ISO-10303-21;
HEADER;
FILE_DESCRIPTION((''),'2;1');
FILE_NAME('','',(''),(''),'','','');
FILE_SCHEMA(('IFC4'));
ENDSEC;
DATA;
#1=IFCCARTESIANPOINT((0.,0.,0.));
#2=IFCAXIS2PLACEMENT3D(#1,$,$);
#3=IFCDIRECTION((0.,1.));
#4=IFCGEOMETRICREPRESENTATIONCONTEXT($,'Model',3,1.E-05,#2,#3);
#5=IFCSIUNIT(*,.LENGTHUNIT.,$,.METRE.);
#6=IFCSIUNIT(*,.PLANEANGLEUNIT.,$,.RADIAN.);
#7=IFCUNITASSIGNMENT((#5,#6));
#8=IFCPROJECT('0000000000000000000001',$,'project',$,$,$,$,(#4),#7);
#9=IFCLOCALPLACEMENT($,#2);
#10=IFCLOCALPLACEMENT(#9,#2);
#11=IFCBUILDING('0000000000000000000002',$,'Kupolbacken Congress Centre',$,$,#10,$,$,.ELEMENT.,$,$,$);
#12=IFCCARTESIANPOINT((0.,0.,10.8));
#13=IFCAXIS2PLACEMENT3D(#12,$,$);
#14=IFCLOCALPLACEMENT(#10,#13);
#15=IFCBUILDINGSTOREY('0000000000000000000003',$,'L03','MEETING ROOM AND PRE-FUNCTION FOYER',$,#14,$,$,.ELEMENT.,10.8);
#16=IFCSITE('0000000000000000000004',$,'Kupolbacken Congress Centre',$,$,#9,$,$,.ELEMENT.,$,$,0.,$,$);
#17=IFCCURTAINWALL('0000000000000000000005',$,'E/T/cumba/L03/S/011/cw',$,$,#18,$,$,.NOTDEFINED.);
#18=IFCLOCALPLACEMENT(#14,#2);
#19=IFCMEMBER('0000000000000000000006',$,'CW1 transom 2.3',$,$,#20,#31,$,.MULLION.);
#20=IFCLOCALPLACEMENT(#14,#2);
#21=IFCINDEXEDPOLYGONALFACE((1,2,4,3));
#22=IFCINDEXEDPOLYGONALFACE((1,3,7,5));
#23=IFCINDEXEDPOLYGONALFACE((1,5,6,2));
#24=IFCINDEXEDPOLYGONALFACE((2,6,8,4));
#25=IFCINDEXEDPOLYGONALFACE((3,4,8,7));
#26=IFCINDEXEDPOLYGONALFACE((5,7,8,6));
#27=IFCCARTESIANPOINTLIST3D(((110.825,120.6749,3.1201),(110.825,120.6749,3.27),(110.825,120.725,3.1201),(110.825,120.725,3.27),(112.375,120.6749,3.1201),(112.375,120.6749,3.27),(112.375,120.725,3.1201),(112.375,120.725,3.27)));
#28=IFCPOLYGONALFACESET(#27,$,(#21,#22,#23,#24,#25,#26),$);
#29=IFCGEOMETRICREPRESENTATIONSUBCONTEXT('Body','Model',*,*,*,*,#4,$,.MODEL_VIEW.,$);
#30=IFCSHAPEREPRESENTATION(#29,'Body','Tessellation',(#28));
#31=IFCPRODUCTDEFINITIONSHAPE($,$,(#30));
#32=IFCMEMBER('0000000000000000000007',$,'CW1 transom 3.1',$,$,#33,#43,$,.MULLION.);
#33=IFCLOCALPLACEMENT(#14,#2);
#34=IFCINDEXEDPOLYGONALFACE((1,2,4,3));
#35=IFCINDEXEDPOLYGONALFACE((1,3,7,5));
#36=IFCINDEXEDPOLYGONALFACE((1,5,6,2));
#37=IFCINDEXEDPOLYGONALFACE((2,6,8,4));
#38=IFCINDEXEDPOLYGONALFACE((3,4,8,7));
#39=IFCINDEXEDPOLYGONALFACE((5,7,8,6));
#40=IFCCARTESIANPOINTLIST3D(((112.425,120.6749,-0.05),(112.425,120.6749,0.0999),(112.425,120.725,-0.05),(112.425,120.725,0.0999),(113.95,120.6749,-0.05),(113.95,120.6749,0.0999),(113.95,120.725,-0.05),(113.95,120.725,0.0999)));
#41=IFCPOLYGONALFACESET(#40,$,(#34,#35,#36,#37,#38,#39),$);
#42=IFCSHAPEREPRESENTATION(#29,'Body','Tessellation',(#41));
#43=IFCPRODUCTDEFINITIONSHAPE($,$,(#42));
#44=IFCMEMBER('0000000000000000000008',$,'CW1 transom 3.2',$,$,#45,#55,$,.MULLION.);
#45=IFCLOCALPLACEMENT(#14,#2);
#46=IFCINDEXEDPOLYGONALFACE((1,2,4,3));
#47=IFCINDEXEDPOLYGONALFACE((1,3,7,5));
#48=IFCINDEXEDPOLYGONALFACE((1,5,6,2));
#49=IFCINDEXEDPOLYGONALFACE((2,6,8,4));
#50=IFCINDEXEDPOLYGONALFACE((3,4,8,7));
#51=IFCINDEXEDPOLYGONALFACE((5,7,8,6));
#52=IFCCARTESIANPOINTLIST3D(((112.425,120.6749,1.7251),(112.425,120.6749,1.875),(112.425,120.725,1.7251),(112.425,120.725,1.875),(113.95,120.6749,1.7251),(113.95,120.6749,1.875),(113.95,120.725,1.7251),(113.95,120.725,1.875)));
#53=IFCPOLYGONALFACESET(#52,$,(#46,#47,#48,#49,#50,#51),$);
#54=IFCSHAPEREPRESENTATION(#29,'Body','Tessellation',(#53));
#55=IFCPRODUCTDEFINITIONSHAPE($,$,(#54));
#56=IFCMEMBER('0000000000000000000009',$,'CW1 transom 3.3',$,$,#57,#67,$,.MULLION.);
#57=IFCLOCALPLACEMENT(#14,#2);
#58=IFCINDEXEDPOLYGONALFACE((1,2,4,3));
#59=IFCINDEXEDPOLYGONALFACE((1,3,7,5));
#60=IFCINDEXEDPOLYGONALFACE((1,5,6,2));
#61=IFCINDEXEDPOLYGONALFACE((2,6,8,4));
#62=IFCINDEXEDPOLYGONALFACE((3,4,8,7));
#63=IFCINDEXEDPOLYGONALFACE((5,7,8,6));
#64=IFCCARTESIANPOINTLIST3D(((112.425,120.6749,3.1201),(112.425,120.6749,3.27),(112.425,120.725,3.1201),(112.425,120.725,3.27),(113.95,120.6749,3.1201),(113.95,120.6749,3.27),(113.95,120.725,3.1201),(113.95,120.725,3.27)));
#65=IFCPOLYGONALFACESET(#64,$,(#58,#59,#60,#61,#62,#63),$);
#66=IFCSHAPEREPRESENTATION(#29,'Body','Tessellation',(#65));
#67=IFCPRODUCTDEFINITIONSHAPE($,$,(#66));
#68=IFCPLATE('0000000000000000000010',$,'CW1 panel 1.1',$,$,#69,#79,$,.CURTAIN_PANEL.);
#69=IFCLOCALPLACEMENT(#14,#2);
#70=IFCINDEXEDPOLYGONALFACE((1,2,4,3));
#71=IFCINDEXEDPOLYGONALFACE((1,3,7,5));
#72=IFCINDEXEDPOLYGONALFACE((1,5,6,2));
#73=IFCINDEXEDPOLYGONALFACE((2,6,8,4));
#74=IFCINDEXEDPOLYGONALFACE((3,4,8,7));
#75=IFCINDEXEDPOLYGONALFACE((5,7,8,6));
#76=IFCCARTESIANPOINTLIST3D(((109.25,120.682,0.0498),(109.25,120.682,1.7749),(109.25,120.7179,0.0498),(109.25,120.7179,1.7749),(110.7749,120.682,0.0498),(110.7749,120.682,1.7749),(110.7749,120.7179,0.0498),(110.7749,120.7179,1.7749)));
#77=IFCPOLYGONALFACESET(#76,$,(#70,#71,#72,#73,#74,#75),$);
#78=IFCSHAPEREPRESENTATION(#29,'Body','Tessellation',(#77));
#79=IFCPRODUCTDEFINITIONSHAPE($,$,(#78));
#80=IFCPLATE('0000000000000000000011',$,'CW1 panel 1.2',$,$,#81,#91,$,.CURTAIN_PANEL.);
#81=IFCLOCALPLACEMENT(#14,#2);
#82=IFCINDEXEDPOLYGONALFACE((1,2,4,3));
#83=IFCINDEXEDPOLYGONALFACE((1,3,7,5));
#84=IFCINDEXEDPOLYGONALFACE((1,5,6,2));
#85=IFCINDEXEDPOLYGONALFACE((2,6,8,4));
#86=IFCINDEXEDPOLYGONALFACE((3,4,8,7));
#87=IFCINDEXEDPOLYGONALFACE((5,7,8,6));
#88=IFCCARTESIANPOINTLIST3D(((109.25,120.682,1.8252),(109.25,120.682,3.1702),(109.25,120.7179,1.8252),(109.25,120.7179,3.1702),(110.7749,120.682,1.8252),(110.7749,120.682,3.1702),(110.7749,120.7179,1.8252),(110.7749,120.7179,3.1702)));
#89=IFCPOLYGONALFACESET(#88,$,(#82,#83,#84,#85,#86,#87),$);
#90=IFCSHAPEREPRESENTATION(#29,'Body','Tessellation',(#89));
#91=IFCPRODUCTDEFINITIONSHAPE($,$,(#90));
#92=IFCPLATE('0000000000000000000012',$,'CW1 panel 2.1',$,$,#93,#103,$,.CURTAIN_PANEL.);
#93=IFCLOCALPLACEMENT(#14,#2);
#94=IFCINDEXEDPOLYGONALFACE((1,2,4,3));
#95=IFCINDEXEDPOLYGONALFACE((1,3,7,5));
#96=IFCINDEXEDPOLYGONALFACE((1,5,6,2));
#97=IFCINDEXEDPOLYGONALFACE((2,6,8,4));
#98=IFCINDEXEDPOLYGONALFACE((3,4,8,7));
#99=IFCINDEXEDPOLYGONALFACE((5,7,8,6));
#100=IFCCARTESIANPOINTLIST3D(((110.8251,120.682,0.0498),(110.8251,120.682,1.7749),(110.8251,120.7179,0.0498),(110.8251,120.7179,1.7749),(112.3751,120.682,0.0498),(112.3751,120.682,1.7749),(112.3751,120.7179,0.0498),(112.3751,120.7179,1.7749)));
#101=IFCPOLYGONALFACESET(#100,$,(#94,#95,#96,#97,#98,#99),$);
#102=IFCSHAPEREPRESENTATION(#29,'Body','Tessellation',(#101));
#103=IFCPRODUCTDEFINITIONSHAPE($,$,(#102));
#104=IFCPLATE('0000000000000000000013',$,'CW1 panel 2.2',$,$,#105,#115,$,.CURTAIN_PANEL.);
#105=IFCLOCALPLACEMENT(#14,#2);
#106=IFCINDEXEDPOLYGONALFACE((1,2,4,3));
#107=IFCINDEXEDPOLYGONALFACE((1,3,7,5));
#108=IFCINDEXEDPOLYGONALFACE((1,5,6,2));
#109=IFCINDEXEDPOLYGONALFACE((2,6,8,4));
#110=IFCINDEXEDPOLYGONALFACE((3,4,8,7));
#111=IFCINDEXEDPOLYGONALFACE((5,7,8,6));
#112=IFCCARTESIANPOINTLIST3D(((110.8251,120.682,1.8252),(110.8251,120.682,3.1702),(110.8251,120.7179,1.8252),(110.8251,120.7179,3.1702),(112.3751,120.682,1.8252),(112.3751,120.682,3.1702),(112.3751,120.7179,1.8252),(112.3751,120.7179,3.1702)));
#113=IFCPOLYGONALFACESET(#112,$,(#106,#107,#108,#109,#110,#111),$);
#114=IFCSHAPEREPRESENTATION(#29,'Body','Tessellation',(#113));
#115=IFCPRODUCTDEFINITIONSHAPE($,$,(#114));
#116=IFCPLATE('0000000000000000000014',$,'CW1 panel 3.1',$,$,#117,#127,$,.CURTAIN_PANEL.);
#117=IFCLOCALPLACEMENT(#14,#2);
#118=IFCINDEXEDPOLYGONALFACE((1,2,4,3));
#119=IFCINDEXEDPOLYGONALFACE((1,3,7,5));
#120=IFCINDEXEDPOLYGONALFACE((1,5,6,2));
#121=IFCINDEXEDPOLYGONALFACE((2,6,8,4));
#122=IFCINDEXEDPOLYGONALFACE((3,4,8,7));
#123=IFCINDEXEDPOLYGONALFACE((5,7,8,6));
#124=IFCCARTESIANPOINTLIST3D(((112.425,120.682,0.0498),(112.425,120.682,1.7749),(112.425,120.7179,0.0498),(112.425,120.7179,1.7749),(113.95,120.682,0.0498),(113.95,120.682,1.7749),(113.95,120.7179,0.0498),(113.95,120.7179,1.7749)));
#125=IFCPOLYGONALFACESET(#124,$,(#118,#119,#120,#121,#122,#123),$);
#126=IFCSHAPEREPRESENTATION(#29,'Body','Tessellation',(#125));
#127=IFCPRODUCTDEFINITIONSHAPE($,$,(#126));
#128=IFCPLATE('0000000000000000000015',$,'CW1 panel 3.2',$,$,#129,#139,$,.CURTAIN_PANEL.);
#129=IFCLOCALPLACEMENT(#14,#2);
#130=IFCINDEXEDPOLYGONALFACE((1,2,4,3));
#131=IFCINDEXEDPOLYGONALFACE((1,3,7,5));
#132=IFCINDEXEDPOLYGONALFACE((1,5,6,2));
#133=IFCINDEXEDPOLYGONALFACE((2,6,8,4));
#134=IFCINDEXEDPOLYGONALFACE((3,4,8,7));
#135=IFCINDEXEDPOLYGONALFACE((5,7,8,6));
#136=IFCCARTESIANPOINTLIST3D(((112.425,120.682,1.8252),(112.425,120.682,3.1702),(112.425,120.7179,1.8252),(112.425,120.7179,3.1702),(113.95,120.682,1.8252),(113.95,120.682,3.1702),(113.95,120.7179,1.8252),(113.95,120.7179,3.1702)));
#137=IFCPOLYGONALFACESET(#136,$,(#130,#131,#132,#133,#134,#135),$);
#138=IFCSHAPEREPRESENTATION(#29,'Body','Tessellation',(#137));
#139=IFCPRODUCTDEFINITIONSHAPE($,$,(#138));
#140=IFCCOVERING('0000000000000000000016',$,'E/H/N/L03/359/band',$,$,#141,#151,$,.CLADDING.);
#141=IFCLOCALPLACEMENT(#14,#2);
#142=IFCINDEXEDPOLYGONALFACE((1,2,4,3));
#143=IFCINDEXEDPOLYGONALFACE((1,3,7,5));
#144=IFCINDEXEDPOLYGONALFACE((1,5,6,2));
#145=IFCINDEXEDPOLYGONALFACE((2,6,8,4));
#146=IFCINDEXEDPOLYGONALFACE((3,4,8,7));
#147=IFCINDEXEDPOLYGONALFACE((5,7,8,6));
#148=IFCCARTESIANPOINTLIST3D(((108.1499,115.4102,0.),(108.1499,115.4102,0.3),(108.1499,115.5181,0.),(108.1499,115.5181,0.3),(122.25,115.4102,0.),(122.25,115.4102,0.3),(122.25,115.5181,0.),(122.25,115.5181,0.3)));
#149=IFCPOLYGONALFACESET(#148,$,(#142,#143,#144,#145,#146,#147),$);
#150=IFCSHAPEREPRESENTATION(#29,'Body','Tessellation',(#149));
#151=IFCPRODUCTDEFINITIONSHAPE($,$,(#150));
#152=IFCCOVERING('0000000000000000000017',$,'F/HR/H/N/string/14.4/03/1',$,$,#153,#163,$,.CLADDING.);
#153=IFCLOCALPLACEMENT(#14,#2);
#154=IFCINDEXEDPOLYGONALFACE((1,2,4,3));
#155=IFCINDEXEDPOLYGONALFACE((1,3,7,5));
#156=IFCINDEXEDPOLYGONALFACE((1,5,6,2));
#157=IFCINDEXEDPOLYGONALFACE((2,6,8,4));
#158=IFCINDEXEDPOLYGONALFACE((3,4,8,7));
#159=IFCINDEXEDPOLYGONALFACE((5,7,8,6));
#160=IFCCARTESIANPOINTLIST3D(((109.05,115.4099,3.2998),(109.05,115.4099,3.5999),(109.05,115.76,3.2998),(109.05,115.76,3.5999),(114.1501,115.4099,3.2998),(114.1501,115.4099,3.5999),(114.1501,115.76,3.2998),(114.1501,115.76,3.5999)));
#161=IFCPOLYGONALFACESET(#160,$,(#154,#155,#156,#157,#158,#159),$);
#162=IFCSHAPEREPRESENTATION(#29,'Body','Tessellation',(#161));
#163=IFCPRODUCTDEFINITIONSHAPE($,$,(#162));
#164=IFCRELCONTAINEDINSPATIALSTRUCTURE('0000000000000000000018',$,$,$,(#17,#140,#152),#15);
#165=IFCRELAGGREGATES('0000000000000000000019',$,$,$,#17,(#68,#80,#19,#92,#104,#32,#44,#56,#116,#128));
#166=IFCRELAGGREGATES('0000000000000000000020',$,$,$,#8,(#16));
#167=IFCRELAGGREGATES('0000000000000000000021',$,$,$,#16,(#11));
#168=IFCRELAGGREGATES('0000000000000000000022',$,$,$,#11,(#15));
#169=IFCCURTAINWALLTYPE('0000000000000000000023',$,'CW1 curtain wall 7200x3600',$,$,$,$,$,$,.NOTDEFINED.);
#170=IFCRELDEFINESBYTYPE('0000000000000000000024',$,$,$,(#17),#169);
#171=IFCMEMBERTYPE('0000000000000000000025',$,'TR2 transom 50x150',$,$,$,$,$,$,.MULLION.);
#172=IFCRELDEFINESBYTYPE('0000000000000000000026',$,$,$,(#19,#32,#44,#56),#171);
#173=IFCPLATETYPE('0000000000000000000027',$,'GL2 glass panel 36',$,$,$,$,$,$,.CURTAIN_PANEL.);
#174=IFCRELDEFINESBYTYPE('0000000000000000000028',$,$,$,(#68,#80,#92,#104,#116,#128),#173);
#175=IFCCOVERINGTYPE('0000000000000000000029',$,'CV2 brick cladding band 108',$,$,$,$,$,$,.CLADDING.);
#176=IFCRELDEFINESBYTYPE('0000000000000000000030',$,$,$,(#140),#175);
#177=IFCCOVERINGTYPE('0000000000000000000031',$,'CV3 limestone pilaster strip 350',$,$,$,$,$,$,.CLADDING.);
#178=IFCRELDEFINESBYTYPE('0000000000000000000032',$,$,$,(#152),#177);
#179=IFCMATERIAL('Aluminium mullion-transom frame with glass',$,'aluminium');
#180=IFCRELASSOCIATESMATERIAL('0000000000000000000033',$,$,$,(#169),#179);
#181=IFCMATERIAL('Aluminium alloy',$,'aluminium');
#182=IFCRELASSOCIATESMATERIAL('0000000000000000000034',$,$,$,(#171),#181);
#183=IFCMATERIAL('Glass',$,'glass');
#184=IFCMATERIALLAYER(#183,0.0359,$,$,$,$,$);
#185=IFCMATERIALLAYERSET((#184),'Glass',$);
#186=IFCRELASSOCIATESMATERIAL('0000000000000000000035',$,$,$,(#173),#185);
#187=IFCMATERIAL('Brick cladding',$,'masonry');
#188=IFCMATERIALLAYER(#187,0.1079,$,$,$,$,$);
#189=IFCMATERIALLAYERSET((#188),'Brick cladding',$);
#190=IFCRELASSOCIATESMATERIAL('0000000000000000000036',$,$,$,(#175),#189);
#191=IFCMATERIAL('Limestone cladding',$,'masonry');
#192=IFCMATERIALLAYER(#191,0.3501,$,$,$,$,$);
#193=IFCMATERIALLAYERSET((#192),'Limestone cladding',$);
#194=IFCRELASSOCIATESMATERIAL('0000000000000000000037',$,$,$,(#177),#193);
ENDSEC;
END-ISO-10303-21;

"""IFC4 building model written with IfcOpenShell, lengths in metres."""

from ifc_helpers import new_model, si_unit, direction, frame, origin, origin_2d, place, context, subcontext, project, spatial, rectangle, extrude, material, layer, layer_set, material_profile, profile_set, type_object, element, aggregate, save


model = new_model("IFC4")

# Units and contexts
model_context = context("Model", 3, precision=1e-05, world=origin(), true_north=direction((0.0, 1.0)))
body_context = subcontext(model_context, "Body", "Model", "MODEL_VIEW")
ifc_project = project(units=[si_unit("LENGTHUNIT", "METRE"), si_unit("PLANEANGLEUNIT", "RADIAN")], contexts=[model_context])

# Site, building, storey
site_placement = place(None, origin())
site = spatial("IfcSite", under=ifc_project, at=site_placement, Name="Kupolbacken Congress Centre", CompositionType="ELEMENT", RefElevation=0.0)
building_placement = place(site_placement, origin())
building = spatial("IfcBuilding", under=site, at=building_placement, Name="Kupolbacken Congress Centre", CompositionType="ELEMENT")
storey_placement = place(building_placement, frame((0.0, 0.0, 10.8)))
storey = spatial("IfcBuildingStorey", under=building, at=storey_placement, Name="L03", Description="MEETING ROOM AND PRE-FUNCTION FOYER", CompositionType="ELEMENT", Elevation=10.8)

# Curtain wall
ifc_material_1 = material(Name="Aluminium mullion-transom frame with glass", Category="aluminium")
curtain_wall_type = type_object("IfcCurtainWallType", Name="CW1 curtain wall 7200x3600", PredefinedType="NOTDEFINED", material=ifc_material_1)
curtain_wall_1_placement = place(storey_placement, origin())
curtain_wall_1 = element("IfcCurtainWall", 1, at=curtain_wall_1_placement, inside=storey, type_object=curtain_wall_type, Name="E/T/cumba/L03/S/011/cw", PredefinedType="NOTDEFINED")

# Members
ifc_material_2 = material(Name="Aluminium alloy", Category="aluminium")
ifc_material_profile_1 = material_profile(ifc_material_2, rectangle(XDim=0.05, YDim=0.1499, at=origin_2d()), Name="50 x 150")
ifc_profile_set_1 = profile_set([ifc_material_profile_1], Name="Aluminium alloy")
member_type_1 = type_object("IfcMemberType", Name="TR2 transom 50x150", PredefinedType="MULLION", material=ifc_profile_set_1)
member_1_placement = place(storey_placement, frame((110.825, 120.7, 3.1951), z_axis=(1.0, 0.0, 0.0), x_axis=(0.0, 1.0, 0.0)))
member_1 = element("IfcMember", 2, at=member_1_placement, type_object=member_type_1, Name="CW1 transom 2.3", PredefinedType="MULLION", context=body_context, shape_type="SweptSolid", body=[
    extrude(rectangle(XDim=0.05, YDim=0.1499, at=origin_2d()), origin(), (0.0, 0.0, 1.0), 1.55),
])
member_2_placement = place(storey_placement, frame((112.425, 120.7, 0.0249), z_axis=(1.0, 0.0, 0.0), x_axis=(0.0, 1.0, 0.0)))
member_2 = element("IfcMember", 3, at=member_2_placement, type_object=member_type_1, Name="CW1 transom 3.1", PredefinedType="MULLION", context=body_context, shape_type="SweptSolid", body=[
    extrude(rectangle(XDim=0.05, YDim=0.1499, at=origin_2d()), origin(), (0.0, 0.0, 1.0), 1.5249),
])
member_3_placement = place(storey_placement, frame((112.425, 120.7, 1.8), z_axis=(1.0, 0.0, 0.0), x_axis=(0.0, 1.0, 0.0)))
member_3 = element("IfcMember", 4, at=member_3_placement, type_object=member_type_1, Name="CW1 transom 3.2", PredefinedType="MULLION", context=body_context, shape_type="SweptSolid", body=[
    extrude(rectangle(XDim=0.05, YDim=0.1499, at=origin_2d()), origin(), (0.0, 0.0, 1.0), 1.5249),
])
member_4_placement = place(storey_placement, frame((112.425, 120.7, 3.1951), z_axis=(1.0, 0.0, 0.0), x_axis=(0.0, 1.0, 0.0)))
member_4 = element("IfcMember", 5, at=member_4_placement, type_object=member_type_1, Name="CW1 transom 3.3", PredefinedType="MULLION", context=body_context, shape_type="SweptSolid", body=[
    extrude(rectangle(XDim=0.05, YDim=0.1499, at=origin_2d()), origin(), (0.0, 0.0, 1.0), 1.5249),
])

# Plates
ifc_material_3 = material(Name="Glass", Category="glass")
ifc_layer_1 = layer(ifc_material_3, 0.0359)
ifc_layer_set_1 = layer_set([ifc_layer_1], Name="Glass")
plate_type = type_object("IfcPlateType", Name="GL2 glass panel 36", PredefinedType="CURTAIN_PANEL", material=ifc_layer_set_1)
plate_1_placement = place(storey_placement, frame((110.0125, 120.7, 0.0498), z_axis=(0.0, 0.0, 1.0), x_axis=(1.0, 0.0, 0.0)))
plate_1 = element("IfcPlate", 6, at=plate_1_placement, type_object=plate_type, Name="CW1 panel 1.1", PredefinedType="CURTAIN_PANEL", context=body_context, shape_type="SweptSolid", body=[
    extrude(rectangle(XDim=1.5249, YDim=0.0359, at=origin_2d()), origin(), (0.0, 0.0, 1.0), 1.7251),
])
plate_2_placement = place(storey_placement, frame((110.0125, 120.7, 1.8252), z_axis=(0.0, 0.0, 1.0), x_axis=(1.0, 0.0, 0.0)))
plate_2 = element("IfcPlate", 7, at=plate_2_placement, type_object=plate_type, Name="CW1 panel 1.2", PredefinedType="CURTAIN_PANEL", context=body_context, shape_type="SweptSolid", body=[
    extrude(rectangle(XDim=1.5249, YDim=0.0359, at=origin_2d()), origin(), (0.0, 0.0, 1.0), 1.345),
])
plate_3_placement = place(storey_placement, frame((111.6001, 120.7, 0.0498), z_axis=(0.0, 0.0, 1.0), x_axis=(1.0, 0.0, 0.0)))
plate_3 = element("IfcPlate", 8, at=plate_3_placement, type_object=plate_type, Name="CW1 panel 2.1", PredefinedType="CURTAIN_PANEL", context=body_context, shape_type="SweptSolid", body=[
    extrude(rectangle(XDim=1.55, YDim=0.0359, at=origin_2d()), origin(), (0.0, 0.0, 1.0), 1.7251),
])
plate_4_placement = place(storey_placement, frame((111.6001, 120.7, 1.8252), z_axis=(0.0, 0.0, 1.0), x_axis=(1.0, 0.0, 0.0)))
plate_4 = element("IfcPlate", 9, at=plate_4_placement, type_object=plate_type, Name="CW1 panel 2.2", PredefinedType="CURTAIN_PANEL", context=body_context, shape_type="SweptSolid", body=[
    extrude(rectangle(XDim=1.55, YDim=0.0359, at=origin_2d()), origin(), (0.0, 0.0, 1.0), 1.345),
])
plate_5_placement = place(storey_placement, frame((113.1875, 120.7, 0.0498), z_axis=(0.0, 0.0, 1.0), x_axis=(1.0, 0.0, 0.0)))
plate_5 = element("IfcPlate", 10, at=plate_5_placement, type_object=plate_type, Name="CW1 panel 3.1", PredefinedType="CURTAIN_PANEL", context=body_context, shape_type="SweptSolid", body=[
    extrude(rectangle(XDim=1.5249, YDim=0.0359, at=origin_2d()), origin(), (0.0, 0.0, 1.0), 1.7251),
])
plate_6_placement = place(storey_placement, frame((113.1875, 120.7, 1.8252), z_axis=(0.0, 0.0, 1.0), x_axis=(1.0, 0.0, 0.0)))
plate_6 = element("IfcPlate", 11, at=plate_6_placement, type_object=plate_type, Name="CW1 panel 3.2", PredefinedType="CURTAIN_PANEL", context=body_context, shape_type="SweptSolid", body=[
    extrude(rectangle(XDim=1.5249, YDim=0.0359, at=origin_2d()), origin(), (0.0, 0.0, 1.0), 1.345),
])
aggregate(curtain_wall_1, [plate_1, plate_2, member_1, plate_3, plate_4, member_2, member_3, member_4, plate_5, plate_6])

# Coverings
ifc_material_4 = material(Name="Brick cladding", Category="masonry")
ifc_layer_2 = layer(ifc_material_4, 0.1079)
ifc_layer_set_2 = layer_set([ifc_layer_2], Name="Brick cladding")
covering_type_1 = type_object("IfcCoveringType", Name="CV2 brick cladding band 108", PredefinedType="CLADDING", material=ifc_layer_set_2)
covering_1_placement = place(storey_placement, frame((115.2, 115.4641, 0.0), z_axis=(0.0, 0.0, 1.0), x_axis=(-1.0, 0.0, 0.0)))
element("IfcCovering", 12, at=covering_1_placement, inside=storey, type_object=covering_type_1, Name="E/H/N/L03/359/band", PredefinedType="CLADDING", context=body_context, shape_type="SweptSolid", body=[
    extrude(rectangle(XDim=14.1001, YDim=0.1079, at=origin_2d()), origin(), (0.0, 0.0, 1.0), 0.3),
])
ifc_material_5 = material(Name="Limestone cladding", Category="masonry")
ifc_layer_3 = layer(ifc_material_5, 0.3501)
ifc_layer_set_3 = layer_set([ifc_layer_3], Name="Limestone cladding")
covering_type_2 = type_object("IfcCoveringType", Name="CV3 limestone pilaster strip 350", PredefinedType="CLADDING", material=ifc_layer_set_3)
covering_2_placement = place(storey_placement, frame((111.6001, 115.585, 3.2998), z_axis=(0.0, 0.0, 1.0), x_axis=(1.0, 0.0, 0.0)))
element("IfcCovering", 13, at=covering_2_placement, inside=storey, type_object=covering_type_2, Name="F/HR/H/N/string/14.4/03/1", PredefinedType="CLADDING", context=body_context, shape_type="SweptSolid", body=[
    extrude(rectangle(XDim=5.1001, YDim=0.3501, at=origin_2d()), origin(), (0.0, 0.0, 1.0), 0.3),
])

save(model, "model.ifc")
